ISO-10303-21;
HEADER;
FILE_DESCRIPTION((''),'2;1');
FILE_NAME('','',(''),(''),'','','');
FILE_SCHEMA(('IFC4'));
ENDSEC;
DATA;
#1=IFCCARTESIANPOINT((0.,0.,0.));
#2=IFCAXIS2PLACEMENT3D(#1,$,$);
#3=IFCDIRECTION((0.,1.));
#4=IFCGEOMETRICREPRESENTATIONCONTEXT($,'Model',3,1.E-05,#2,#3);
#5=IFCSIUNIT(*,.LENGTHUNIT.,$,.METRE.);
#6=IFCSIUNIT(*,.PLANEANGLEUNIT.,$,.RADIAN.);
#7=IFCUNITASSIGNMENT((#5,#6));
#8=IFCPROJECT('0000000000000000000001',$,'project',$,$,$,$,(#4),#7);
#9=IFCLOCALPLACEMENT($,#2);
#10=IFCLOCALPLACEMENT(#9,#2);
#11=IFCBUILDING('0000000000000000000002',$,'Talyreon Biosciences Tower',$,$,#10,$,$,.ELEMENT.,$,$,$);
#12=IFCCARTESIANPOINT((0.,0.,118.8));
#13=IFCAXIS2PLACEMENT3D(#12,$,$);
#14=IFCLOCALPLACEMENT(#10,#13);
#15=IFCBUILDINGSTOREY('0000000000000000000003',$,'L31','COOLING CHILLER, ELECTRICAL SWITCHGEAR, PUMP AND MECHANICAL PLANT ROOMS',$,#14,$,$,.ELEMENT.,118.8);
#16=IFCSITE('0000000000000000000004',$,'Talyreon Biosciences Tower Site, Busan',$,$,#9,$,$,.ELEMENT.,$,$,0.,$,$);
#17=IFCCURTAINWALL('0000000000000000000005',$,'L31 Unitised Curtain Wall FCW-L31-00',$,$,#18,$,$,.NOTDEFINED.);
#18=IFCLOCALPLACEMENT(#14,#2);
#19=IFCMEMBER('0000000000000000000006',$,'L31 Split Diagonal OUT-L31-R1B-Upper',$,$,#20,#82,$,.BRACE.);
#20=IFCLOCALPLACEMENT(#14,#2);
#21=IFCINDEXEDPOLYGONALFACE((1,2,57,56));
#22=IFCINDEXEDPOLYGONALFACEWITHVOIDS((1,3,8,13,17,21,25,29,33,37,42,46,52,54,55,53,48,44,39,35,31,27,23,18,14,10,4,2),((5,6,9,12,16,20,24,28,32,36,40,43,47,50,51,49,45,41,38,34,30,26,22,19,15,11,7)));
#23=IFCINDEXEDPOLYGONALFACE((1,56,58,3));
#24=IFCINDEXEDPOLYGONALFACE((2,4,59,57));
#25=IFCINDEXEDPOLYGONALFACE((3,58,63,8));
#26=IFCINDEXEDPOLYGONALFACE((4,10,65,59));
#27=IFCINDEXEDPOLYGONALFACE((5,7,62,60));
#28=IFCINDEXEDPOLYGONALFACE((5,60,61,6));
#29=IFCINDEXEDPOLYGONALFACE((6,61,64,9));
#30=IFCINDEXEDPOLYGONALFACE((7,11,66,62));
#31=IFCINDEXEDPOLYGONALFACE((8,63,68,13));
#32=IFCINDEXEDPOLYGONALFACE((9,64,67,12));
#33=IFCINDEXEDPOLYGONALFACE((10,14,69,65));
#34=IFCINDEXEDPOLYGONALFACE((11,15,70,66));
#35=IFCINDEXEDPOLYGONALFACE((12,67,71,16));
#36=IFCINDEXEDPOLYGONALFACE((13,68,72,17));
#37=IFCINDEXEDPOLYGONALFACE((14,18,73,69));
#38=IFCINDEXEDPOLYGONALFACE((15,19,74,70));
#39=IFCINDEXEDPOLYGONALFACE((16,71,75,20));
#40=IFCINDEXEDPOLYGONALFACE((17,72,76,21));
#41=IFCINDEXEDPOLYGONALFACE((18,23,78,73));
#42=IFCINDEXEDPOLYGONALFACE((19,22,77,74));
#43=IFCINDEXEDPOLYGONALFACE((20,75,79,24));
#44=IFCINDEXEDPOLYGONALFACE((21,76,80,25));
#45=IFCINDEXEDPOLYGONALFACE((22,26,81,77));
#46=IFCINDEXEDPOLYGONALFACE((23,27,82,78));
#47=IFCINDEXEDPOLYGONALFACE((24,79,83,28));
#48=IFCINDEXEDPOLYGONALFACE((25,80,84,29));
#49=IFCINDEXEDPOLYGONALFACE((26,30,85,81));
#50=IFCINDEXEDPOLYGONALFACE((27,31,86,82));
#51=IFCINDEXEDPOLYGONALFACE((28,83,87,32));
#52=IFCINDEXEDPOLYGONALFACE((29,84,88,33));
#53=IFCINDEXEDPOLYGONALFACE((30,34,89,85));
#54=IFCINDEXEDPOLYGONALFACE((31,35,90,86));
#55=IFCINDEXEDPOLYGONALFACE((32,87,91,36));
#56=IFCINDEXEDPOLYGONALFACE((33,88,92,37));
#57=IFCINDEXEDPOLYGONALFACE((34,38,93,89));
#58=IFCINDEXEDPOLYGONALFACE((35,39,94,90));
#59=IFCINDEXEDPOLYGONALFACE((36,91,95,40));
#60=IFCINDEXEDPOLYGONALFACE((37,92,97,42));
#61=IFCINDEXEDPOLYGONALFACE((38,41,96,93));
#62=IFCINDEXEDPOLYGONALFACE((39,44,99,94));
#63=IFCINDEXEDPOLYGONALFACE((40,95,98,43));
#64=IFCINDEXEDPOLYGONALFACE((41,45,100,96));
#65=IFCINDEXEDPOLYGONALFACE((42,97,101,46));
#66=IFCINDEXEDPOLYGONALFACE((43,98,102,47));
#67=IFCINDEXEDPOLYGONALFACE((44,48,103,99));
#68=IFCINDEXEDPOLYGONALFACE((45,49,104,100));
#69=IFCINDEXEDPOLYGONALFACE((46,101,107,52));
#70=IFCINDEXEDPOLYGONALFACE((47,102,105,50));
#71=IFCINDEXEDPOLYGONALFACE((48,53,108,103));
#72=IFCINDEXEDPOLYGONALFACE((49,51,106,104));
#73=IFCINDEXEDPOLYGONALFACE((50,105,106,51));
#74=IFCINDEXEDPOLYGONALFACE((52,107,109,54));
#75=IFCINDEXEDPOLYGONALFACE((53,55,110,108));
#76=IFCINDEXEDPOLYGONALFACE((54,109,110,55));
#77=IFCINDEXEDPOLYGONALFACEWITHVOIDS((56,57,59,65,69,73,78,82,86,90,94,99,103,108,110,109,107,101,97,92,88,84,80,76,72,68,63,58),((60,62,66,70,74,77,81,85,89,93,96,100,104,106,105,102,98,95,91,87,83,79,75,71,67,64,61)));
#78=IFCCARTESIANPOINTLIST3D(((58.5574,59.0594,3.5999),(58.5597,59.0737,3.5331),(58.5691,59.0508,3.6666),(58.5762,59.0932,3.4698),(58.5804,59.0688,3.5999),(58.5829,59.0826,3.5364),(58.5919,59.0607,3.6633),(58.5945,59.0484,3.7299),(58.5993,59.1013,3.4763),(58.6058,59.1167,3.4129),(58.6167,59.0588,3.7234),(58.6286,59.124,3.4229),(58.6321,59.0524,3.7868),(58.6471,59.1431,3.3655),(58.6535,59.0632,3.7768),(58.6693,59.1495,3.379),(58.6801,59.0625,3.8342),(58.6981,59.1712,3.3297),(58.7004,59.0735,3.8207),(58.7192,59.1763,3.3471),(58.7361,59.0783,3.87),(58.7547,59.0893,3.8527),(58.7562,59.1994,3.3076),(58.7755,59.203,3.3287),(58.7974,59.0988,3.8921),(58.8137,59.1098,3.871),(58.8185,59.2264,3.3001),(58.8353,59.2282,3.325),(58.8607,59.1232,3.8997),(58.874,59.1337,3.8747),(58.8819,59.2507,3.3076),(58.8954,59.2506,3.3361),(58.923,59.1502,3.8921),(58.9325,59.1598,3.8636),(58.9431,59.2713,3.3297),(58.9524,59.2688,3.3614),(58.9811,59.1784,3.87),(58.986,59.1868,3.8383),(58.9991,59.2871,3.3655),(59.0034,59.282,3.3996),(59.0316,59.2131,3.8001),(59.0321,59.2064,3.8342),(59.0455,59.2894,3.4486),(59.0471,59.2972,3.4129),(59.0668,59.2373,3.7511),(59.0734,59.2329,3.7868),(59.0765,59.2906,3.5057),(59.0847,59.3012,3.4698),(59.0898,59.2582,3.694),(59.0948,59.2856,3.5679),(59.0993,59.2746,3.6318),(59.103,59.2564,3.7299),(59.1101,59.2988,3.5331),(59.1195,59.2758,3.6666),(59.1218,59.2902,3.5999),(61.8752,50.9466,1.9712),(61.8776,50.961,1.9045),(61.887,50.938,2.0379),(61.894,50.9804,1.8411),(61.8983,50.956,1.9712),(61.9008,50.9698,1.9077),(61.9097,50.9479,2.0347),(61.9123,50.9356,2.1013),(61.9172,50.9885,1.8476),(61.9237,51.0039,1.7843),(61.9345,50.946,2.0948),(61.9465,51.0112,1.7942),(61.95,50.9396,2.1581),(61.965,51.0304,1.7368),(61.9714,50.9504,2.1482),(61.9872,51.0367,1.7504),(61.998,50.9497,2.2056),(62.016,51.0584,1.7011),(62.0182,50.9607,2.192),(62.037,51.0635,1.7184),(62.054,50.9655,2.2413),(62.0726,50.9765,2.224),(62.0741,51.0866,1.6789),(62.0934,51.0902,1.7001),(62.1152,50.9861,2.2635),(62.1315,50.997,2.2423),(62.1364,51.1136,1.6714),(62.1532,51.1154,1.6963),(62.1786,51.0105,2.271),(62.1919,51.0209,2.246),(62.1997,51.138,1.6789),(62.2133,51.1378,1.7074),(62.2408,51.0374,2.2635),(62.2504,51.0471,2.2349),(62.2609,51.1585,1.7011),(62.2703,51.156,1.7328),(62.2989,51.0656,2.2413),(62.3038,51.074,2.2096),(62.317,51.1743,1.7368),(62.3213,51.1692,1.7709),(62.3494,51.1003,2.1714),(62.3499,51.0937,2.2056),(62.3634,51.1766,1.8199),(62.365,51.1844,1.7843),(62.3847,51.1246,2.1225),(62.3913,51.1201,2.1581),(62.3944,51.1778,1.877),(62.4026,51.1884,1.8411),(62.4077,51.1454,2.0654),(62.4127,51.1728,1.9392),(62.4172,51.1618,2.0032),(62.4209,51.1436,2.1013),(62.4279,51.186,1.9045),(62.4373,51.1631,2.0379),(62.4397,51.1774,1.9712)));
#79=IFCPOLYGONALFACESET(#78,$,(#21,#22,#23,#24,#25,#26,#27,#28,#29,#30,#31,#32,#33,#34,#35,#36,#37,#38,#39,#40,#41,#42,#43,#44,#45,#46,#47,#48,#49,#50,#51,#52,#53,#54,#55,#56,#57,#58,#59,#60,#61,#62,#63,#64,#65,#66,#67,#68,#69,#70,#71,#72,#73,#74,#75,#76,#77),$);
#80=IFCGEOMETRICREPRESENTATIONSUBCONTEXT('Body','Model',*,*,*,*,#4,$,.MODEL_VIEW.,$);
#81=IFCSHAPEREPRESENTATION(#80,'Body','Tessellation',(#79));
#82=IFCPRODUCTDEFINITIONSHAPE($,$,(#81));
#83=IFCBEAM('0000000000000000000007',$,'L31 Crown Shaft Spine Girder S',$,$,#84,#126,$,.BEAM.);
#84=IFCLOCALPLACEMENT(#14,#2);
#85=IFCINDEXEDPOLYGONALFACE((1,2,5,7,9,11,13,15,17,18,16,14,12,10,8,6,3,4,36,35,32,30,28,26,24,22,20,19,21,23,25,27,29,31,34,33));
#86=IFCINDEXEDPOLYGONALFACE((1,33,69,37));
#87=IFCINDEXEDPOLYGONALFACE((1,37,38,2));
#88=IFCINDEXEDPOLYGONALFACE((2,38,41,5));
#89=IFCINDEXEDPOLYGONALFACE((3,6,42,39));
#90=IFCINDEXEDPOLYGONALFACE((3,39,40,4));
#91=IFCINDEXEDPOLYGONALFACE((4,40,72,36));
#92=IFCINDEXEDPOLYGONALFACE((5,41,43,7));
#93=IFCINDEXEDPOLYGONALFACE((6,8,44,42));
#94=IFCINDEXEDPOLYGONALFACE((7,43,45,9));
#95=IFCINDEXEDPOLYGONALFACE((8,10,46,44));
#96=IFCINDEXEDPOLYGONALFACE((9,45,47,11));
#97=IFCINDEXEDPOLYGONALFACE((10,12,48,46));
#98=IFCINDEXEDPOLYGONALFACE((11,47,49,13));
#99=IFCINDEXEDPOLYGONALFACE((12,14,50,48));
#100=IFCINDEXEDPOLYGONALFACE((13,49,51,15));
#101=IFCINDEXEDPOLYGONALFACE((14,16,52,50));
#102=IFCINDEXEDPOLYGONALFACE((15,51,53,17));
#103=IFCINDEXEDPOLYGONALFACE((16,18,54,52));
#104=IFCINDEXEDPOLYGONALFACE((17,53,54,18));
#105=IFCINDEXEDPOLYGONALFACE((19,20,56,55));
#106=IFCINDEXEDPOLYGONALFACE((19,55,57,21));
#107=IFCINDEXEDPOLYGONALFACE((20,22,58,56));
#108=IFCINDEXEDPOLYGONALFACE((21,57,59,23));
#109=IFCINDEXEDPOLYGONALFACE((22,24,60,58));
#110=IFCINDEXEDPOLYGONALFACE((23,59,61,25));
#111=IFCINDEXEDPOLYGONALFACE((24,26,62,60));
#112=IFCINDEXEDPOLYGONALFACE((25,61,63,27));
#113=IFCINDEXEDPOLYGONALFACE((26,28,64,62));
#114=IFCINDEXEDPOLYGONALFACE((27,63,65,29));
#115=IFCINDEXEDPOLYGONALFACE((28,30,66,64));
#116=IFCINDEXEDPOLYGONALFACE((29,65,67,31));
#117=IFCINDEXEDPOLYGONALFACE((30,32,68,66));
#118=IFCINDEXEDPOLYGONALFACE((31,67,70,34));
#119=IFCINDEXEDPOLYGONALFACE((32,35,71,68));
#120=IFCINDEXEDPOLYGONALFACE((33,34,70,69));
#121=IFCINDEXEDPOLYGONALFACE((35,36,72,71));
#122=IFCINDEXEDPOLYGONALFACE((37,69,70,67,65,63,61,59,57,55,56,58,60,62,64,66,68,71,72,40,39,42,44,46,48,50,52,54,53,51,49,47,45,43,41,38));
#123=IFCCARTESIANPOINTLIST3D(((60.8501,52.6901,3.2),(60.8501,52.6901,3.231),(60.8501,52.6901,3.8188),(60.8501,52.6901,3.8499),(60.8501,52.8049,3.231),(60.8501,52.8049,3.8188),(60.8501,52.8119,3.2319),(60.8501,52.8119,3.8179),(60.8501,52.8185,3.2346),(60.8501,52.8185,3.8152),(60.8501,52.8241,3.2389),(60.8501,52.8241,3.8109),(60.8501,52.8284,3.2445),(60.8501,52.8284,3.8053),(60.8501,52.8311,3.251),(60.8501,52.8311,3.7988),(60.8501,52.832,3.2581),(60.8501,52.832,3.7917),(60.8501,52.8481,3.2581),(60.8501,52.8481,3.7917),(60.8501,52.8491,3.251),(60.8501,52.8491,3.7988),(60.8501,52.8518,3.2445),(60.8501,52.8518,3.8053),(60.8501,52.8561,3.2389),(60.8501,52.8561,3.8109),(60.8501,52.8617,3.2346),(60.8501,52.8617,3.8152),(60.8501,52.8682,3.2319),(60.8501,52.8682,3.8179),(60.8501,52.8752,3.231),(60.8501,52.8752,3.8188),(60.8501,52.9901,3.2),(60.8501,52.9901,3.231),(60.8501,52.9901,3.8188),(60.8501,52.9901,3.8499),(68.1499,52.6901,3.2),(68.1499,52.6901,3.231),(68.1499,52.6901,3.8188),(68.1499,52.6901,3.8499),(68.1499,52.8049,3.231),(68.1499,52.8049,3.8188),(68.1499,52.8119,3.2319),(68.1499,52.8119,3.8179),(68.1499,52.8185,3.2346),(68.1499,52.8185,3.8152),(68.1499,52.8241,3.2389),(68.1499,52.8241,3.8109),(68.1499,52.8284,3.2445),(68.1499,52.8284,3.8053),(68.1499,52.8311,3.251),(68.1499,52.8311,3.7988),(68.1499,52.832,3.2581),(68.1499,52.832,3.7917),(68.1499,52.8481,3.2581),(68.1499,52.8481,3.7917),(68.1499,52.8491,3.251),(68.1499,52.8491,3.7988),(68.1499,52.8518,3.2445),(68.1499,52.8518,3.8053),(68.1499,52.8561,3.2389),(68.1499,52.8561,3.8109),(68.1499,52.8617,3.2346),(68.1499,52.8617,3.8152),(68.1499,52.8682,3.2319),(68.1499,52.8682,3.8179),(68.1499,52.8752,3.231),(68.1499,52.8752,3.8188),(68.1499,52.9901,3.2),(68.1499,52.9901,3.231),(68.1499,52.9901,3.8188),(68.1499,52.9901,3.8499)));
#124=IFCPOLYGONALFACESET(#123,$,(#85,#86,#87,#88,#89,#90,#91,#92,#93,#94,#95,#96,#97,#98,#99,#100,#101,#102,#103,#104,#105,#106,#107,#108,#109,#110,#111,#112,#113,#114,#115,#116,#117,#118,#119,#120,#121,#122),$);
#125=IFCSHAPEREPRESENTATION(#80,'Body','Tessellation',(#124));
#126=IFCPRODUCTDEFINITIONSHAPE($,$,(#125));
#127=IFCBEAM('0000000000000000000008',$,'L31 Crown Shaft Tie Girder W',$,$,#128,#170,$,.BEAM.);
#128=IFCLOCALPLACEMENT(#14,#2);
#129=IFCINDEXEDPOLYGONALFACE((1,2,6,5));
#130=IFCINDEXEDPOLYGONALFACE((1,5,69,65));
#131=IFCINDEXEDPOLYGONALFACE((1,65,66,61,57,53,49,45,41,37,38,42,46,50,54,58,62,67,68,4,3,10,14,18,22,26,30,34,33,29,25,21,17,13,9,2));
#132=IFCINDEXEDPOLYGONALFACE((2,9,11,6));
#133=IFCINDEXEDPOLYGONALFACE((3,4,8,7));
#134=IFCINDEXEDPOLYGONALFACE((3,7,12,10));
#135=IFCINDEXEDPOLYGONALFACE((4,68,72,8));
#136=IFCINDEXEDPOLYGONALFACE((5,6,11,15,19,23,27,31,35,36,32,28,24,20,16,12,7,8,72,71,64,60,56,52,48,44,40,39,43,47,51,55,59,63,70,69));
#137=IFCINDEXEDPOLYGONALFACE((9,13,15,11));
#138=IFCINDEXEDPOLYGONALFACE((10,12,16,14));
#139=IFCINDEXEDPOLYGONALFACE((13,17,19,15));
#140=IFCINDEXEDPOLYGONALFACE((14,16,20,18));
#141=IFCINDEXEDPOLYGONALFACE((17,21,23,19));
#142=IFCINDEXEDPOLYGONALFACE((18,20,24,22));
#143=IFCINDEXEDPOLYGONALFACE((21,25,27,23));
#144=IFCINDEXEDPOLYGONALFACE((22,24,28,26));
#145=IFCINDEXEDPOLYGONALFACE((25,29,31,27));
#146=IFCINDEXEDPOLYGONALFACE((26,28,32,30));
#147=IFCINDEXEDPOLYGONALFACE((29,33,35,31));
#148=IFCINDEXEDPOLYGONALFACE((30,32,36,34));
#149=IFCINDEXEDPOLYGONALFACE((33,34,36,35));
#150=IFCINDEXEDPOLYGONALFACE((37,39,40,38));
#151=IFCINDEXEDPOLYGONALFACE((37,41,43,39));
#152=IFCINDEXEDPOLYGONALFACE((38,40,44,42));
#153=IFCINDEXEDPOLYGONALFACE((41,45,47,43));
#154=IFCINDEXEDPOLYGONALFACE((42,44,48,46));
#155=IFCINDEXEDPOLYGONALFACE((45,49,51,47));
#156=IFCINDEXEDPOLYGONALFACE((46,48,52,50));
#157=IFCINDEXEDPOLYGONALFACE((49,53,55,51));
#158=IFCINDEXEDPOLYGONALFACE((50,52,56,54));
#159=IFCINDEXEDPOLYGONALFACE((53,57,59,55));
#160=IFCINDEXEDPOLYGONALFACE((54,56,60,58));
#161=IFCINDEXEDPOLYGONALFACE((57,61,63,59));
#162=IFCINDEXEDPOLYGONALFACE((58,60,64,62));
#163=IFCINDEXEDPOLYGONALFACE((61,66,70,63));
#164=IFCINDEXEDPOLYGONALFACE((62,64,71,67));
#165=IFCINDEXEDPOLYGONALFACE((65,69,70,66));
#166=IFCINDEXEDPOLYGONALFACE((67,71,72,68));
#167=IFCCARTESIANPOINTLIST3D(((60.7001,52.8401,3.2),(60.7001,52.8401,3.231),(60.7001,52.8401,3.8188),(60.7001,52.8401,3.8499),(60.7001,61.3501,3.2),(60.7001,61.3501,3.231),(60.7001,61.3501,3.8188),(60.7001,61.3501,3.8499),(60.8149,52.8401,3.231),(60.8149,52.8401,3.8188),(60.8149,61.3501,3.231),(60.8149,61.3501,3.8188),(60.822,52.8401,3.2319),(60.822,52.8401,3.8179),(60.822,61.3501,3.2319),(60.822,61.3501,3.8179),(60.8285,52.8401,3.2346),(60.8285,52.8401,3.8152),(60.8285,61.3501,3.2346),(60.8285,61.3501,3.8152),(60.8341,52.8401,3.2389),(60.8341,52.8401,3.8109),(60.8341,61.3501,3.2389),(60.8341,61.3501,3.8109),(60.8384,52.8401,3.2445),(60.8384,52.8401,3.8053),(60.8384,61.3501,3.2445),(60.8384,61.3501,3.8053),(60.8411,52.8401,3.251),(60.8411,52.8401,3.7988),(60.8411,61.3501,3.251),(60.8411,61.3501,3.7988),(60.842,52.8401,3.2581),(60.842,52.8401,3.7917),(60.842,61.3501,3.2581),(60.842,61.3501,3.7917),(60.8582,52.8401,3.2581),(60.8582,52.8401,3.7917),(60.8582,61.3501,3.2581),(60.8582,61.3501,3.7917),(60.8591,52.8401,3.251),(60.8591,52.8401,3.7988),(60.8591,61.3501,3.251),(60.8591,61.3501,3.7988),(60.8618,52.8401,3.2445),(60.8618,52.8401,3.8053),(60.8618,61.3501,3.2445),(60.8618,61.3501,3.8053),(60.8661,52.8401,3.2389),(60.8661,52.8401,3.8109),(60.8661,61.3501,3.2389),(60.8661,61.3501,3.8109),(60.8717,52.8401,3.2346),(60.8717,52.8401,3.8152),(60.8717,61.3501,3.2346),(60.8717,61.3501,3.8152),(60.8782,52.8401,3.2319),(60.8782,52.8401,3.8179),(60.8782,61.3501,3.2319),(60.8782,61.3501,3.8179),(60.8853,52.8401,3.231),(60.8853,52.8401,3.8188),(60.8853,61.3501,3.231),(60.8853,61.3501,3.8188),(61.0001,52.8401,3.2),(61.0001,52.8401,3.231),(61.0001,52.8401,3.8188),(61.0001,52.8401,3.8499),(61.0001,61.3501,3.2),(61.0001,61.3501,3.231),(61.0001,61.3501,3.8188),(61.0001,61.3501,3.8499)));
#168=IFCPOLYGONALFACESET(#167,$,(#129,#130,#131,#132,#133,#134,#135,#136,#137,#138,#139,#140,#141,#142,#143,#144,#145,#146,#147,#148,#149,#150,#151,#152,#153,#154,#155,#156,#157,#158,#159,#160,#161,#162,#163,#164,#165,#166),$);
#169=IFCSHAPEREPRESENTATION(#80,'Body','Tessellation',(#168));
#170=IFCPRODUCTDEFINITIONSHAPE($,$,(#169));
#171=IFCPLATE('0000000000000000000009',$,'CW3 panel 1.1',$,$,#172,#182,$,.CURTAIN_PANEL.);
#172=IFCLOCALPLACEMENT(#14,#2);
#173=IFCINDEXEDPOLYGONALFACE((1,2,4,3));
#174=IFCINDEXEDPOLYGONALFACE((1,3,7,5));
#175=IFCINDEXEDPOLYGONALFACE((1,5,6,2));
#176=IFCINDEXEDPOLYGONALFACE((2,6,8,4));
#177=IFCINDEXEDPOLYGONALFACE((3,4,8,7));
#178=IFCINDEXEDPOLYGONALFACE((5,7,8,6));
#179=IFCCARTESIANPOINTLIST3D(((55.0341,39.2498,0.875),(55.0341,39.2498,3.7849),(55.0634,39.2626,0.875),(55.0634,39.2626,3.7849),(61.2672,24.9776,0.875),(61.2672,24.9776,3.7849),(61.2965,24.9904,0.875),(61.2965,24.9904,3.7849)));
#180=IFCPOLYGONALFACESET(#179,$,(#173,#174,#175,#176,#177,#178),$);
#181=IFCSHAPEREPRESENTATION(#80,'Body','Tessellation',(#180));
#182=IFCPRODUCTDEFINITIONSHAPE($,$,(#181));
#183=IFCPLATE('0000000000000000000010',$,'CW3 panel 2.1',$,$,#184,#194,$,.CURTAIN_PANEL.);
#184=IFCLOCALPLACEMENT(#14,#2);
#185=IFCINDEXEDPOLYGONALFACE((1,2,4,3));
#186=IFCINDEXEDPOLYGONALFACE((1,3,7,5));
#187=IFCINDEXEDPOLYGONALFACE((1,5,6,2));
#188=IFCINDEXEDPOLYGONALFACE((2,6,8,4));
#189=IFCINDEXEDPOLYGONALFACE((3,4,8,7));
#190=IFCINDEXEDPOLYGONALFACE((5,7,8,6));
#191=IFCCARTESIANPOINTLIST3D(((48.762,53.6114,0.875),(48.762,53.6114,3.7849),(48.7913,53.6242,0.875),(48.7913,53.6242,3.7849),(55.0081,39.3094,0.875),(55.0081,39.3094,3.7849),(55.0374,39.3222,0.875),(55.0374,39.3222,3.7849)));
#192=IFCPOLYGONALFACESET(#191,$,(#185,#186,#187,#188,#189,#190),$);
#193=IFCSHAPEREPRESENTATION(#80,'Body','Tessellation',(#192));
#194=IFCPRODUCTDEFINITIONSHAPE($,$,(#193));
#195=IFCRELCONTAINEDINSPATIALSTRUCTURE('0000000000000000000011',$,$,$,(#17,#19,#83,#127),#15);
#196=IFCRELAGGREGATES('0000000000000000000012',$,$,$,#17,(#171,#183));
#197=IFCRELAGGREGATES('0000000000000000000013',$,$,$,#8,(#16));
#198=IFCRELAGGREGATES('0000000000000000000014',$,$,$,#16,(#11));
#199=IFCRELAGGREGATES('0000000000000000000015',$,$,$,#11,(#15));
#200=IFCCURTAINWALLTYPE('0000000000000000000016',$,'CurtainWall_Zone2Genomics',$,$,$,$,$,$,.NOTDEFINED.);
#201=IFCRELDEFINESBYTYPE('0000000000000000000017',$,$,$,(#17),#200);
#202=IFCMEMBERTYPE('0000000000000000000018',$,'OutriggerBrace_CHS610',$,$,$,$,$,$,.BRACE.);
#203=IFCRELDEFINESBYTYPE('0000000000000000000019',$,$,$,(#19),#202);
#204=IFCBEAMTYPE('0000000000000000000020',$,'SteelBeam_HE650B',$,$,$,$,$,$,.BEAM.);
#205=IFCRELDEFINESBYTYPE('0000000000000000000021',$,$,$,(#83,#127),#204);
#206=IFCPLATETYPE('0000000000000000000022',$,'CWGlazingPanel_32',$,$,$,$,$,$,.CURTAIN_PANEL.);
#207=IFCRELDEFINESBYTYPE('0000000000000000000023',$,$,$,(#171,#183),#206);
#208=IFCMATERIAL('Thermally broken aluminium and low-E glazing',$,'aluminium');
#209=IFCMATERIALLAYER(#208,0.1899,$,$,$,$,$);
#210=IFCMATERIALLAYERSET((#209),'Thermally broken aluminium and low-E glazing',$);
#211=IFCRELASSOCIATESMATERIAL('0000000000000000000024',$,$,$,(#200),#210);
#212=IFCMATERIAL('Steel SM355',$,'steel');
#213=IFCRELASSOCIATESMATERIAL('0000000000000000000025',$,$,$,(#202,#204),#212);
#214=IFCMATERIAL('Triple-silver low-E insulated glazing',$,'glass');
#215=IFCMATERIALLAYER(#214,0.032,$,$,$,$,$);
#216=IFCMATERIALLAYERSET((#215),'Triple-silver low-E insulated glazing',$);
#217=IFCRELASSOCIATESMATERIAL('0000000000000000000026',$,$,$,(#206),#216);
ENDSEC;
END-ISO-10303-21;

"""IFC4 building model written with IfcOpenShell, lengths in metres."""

from ifc_helpers import new_model, si_unit, direction, frame, origin, origin_2d, place, context, subcontext, project, spatial, rectangle, hollow_circle, i_section, extrude, material, layer, layer_set, material_profile, profile_set, type_object, element, aggregate, save


model = new_model("IFC4")

# Units and contexts
model_context = context("Model", 3, precision=1e-05, world=origin(), true_north=direction((0.0, 1.0)))
body_context = subcontext(model_context, "Body", "Model", "MODEL_VIEW")
ifc_project = project(units=[si_unit("LENGTHUNIT", "METRE"), si_unit("PLANEANGLEUNIT", "RADIAN")], contexts=[model_context])

# Site, building, storey
site_placement = place(None, origin())
site = spatial("IfcSite", under=ifc_project, at=site_placement, Name="Talyreon Biosciences Tower Site, Busan", CompositionType="ELEMENT", RefElevation=0.0)
building_placement = place(site_placement, origin())
building = spatial("IfcBuilding", under=site, at=building_placement, Name="Talyreon Biosciences Tower", CompositionType="ELEMENT")
storey_placement = place(building_placement, frame((0.0, 0.0, 118.8)))
storey = spatial("IfcBuildingStorey", under=building, at=storey_placement, Name="L31", Description="COOLING CHILLER, ELECTRICAL SWITCHGEAR, PUMP AND MECHANICAL PLANT ROOMS", CompositionType="ELEMENT", Elevation=118.8)

# Shared definitions
ifc_material_1 = material(Name="Steel SM355", Category="steel")

# Curtain wall
ifc_material_2 = material(Name="Thermally broken aluminium and low-E glazing", Category="aluminium")
ifc_layer_1 = layer(ifc_material_2, 0.1899)
ifc_layer_set_1 = layer_set([ifc_layer_1], Name="Thermally broken aluminium and low-E glazing")
curtain_wall_type = type_object("IfcCurtainWallType", Name="CurtainWall_Zone2Genomics", PredefinedType="NOTDEFINED", material=ifc_layer_set_1)
curtain_wall_placement = place(storey_placement, origin())
curtain_wall = element("IfcCurtainWall", 1, at=curtain_wall_placement, inside=storey, type_object=curtain_wall_type, Name="L31 Unitised Curtain Wall FCW-L31-00", PredefinedType="NOTDEFINED")

# Member
ifc_material_profile_1 = material_profile(ifc_material_1, hollow_circle(Radius=0.3049, WallThickness=0.0249, at=origin_2d()), Name="CHS 610x25")
ifc_profile_set_1 = profile_set([ifc_material_profile_1], Name="Steel SM355")
member_type_1 = type_object("IfcMemberType", Name="OutriggerBrace_CHS610", PredefinedType="BRACE", material=ifc_profile_set_1)
for number, where, z_axis, x_axis, name in (
    (2, (62.1575, 51.062, 1.9712), (-0.372165, 0.91001, 0.182687), (-0.925587, -0.378535, 0.0), "L31 Split Diagonal OUT-L31-R1B-Upper"),
):
    element("IfcMember", number, at=place(storey_placement, frame(where, z_axis=z_axis, x_axis=x_axis)), inside=storey, type_object=member_type_1, Name=name, PredefinedType="BRACE", context=body_context, shape_type="SweptSolid", body=[
        extrude(hollow_circle(Radius=0.3049, WallThickness=0.0249, at=origin_2d()), origin(), (0.0, 0.0, 1.0), 8.915),
    ])

# Beams
ifc_material_profile_2 = material_profile(ifc_material_1, i_section(OverallWidth=0.3, OverallDepth=0.6499, WebThickness=0.0161, FlangeThickness=0.031, FilletRadius=0.0271, at=origin_2d()), Name="HE650B")
ifc_profile_set_2 = profile_set([ifc_material_profile_2], Name="Steel SM355")
beam_type_1 = type_object("IfcBeamType", Name="SteelBeam_HE650B", PredefinedType="BEAM", material=ifc_profile_set_2)
beam_1_placement = place(storey_placement, frame((60.8501, 52.8401, 3.5249), z_axis=(1.0, 0.0, 0.0), x_axis=(0.0, 1.0, 0.0)))
element("IfcBeam", 3, at=beam_1_placement, inside=storey, type_object=beam_type_1, Name="L31 Crown Shaft Spine Girder S", PredefinedType="BEAM", context=body_context, shape_type="SweptSolid", body=[
    extrude(i_section(OverallWidth=0.3, OverallDepth=0.6499, WebThickness=0.0161, FlangeThickness=0.031, FilletRadius=0.0271, at=origin_2d()), origin(), (0.0, 0.0, 1.0), 7.2998),
])
beam_2_placement = place(storey_placement, frame((60.8501, 52.8401, 3.5249), z_axis=(0.0, 1.0, 0.0), x_axis=(-1.0, 0.0, 0.0)))
element("IfcBeam", 4, at=beam_2_placement, inside=storey, type_object=beam_type_1, Name="L31 Crown Shaft Tie Girder W", PredefinedType="BEAM", context=body_context, shape_type="SweptSolid", body=[
    extrude(i_section(OverallWidth=0.3, OverallDepth=0.6499, WebThickness=0.0161, FlangeThickness=0.031, FilletRadius=0.0271, at=origin_2d()), origin(), (0.0, 0.0, 1.0), 8.51),
])

# Plates
ifc_material_3 = material(Name="Triple-silver low-E insulated glazing", Category="glass")
ifc_layer_2 = layer(ifc_material_3, 0.032)
ifc_layer_set_2 = layer_set([ifc_layer_2], Name="Triple-silver low-E insulated glazing")
plate_type_1 = type_object("IfcPlateType", Name="CWGlazingPanel_32", PredefinedType="CURTAIN_PANEL", material=ifc_layer_set_2)
plate_1_placement = place(storey_placement, frame((58.1653, 32.1201, 0.875), z_axis=(0.0, 0.0, 1.0), x_axis=(-0.400226, 0.916416, 0.0)))
plate_1 = element("IfcPlate", 5, at=plate_1_placement, type_object=plate_type_1, Name="CW3 panel 1.1", PredefinedType="CURTAIN_PANEL", context=body_context, shape_type="SweptSolid", body=[
    extrude(rectangle(XDim=15.574, YDim=0.032, at=origin_2d()), origin(), (0.0, 0.0, 1.0), 2.9099),
])
plate_2_placement = place(storey_placement, frame((51.8997, 46.4668, 0.875), z_axis=(0.0, 0.0, 1.0), x_axis=(-0.400226, 0.916416, 0.0)))
plate_2 = element("IfcPlate", 6, at=plate_2_placement, type_object=plate_type_1, Name="CW3 panel 2.1", PredefinedType="CURTAIN_PANEL", context=body_context, shape_type="SweptSolid", body=[
    extrude(rectangle(XDim=15.6064, YDim=0.032, at=origin_2d()), origin(), (0.0, 0.0, 1.0), 2.9099),
])
aggregate(curtain_wall, [plate_1, plate_2])

save(model, "model.ifc")
